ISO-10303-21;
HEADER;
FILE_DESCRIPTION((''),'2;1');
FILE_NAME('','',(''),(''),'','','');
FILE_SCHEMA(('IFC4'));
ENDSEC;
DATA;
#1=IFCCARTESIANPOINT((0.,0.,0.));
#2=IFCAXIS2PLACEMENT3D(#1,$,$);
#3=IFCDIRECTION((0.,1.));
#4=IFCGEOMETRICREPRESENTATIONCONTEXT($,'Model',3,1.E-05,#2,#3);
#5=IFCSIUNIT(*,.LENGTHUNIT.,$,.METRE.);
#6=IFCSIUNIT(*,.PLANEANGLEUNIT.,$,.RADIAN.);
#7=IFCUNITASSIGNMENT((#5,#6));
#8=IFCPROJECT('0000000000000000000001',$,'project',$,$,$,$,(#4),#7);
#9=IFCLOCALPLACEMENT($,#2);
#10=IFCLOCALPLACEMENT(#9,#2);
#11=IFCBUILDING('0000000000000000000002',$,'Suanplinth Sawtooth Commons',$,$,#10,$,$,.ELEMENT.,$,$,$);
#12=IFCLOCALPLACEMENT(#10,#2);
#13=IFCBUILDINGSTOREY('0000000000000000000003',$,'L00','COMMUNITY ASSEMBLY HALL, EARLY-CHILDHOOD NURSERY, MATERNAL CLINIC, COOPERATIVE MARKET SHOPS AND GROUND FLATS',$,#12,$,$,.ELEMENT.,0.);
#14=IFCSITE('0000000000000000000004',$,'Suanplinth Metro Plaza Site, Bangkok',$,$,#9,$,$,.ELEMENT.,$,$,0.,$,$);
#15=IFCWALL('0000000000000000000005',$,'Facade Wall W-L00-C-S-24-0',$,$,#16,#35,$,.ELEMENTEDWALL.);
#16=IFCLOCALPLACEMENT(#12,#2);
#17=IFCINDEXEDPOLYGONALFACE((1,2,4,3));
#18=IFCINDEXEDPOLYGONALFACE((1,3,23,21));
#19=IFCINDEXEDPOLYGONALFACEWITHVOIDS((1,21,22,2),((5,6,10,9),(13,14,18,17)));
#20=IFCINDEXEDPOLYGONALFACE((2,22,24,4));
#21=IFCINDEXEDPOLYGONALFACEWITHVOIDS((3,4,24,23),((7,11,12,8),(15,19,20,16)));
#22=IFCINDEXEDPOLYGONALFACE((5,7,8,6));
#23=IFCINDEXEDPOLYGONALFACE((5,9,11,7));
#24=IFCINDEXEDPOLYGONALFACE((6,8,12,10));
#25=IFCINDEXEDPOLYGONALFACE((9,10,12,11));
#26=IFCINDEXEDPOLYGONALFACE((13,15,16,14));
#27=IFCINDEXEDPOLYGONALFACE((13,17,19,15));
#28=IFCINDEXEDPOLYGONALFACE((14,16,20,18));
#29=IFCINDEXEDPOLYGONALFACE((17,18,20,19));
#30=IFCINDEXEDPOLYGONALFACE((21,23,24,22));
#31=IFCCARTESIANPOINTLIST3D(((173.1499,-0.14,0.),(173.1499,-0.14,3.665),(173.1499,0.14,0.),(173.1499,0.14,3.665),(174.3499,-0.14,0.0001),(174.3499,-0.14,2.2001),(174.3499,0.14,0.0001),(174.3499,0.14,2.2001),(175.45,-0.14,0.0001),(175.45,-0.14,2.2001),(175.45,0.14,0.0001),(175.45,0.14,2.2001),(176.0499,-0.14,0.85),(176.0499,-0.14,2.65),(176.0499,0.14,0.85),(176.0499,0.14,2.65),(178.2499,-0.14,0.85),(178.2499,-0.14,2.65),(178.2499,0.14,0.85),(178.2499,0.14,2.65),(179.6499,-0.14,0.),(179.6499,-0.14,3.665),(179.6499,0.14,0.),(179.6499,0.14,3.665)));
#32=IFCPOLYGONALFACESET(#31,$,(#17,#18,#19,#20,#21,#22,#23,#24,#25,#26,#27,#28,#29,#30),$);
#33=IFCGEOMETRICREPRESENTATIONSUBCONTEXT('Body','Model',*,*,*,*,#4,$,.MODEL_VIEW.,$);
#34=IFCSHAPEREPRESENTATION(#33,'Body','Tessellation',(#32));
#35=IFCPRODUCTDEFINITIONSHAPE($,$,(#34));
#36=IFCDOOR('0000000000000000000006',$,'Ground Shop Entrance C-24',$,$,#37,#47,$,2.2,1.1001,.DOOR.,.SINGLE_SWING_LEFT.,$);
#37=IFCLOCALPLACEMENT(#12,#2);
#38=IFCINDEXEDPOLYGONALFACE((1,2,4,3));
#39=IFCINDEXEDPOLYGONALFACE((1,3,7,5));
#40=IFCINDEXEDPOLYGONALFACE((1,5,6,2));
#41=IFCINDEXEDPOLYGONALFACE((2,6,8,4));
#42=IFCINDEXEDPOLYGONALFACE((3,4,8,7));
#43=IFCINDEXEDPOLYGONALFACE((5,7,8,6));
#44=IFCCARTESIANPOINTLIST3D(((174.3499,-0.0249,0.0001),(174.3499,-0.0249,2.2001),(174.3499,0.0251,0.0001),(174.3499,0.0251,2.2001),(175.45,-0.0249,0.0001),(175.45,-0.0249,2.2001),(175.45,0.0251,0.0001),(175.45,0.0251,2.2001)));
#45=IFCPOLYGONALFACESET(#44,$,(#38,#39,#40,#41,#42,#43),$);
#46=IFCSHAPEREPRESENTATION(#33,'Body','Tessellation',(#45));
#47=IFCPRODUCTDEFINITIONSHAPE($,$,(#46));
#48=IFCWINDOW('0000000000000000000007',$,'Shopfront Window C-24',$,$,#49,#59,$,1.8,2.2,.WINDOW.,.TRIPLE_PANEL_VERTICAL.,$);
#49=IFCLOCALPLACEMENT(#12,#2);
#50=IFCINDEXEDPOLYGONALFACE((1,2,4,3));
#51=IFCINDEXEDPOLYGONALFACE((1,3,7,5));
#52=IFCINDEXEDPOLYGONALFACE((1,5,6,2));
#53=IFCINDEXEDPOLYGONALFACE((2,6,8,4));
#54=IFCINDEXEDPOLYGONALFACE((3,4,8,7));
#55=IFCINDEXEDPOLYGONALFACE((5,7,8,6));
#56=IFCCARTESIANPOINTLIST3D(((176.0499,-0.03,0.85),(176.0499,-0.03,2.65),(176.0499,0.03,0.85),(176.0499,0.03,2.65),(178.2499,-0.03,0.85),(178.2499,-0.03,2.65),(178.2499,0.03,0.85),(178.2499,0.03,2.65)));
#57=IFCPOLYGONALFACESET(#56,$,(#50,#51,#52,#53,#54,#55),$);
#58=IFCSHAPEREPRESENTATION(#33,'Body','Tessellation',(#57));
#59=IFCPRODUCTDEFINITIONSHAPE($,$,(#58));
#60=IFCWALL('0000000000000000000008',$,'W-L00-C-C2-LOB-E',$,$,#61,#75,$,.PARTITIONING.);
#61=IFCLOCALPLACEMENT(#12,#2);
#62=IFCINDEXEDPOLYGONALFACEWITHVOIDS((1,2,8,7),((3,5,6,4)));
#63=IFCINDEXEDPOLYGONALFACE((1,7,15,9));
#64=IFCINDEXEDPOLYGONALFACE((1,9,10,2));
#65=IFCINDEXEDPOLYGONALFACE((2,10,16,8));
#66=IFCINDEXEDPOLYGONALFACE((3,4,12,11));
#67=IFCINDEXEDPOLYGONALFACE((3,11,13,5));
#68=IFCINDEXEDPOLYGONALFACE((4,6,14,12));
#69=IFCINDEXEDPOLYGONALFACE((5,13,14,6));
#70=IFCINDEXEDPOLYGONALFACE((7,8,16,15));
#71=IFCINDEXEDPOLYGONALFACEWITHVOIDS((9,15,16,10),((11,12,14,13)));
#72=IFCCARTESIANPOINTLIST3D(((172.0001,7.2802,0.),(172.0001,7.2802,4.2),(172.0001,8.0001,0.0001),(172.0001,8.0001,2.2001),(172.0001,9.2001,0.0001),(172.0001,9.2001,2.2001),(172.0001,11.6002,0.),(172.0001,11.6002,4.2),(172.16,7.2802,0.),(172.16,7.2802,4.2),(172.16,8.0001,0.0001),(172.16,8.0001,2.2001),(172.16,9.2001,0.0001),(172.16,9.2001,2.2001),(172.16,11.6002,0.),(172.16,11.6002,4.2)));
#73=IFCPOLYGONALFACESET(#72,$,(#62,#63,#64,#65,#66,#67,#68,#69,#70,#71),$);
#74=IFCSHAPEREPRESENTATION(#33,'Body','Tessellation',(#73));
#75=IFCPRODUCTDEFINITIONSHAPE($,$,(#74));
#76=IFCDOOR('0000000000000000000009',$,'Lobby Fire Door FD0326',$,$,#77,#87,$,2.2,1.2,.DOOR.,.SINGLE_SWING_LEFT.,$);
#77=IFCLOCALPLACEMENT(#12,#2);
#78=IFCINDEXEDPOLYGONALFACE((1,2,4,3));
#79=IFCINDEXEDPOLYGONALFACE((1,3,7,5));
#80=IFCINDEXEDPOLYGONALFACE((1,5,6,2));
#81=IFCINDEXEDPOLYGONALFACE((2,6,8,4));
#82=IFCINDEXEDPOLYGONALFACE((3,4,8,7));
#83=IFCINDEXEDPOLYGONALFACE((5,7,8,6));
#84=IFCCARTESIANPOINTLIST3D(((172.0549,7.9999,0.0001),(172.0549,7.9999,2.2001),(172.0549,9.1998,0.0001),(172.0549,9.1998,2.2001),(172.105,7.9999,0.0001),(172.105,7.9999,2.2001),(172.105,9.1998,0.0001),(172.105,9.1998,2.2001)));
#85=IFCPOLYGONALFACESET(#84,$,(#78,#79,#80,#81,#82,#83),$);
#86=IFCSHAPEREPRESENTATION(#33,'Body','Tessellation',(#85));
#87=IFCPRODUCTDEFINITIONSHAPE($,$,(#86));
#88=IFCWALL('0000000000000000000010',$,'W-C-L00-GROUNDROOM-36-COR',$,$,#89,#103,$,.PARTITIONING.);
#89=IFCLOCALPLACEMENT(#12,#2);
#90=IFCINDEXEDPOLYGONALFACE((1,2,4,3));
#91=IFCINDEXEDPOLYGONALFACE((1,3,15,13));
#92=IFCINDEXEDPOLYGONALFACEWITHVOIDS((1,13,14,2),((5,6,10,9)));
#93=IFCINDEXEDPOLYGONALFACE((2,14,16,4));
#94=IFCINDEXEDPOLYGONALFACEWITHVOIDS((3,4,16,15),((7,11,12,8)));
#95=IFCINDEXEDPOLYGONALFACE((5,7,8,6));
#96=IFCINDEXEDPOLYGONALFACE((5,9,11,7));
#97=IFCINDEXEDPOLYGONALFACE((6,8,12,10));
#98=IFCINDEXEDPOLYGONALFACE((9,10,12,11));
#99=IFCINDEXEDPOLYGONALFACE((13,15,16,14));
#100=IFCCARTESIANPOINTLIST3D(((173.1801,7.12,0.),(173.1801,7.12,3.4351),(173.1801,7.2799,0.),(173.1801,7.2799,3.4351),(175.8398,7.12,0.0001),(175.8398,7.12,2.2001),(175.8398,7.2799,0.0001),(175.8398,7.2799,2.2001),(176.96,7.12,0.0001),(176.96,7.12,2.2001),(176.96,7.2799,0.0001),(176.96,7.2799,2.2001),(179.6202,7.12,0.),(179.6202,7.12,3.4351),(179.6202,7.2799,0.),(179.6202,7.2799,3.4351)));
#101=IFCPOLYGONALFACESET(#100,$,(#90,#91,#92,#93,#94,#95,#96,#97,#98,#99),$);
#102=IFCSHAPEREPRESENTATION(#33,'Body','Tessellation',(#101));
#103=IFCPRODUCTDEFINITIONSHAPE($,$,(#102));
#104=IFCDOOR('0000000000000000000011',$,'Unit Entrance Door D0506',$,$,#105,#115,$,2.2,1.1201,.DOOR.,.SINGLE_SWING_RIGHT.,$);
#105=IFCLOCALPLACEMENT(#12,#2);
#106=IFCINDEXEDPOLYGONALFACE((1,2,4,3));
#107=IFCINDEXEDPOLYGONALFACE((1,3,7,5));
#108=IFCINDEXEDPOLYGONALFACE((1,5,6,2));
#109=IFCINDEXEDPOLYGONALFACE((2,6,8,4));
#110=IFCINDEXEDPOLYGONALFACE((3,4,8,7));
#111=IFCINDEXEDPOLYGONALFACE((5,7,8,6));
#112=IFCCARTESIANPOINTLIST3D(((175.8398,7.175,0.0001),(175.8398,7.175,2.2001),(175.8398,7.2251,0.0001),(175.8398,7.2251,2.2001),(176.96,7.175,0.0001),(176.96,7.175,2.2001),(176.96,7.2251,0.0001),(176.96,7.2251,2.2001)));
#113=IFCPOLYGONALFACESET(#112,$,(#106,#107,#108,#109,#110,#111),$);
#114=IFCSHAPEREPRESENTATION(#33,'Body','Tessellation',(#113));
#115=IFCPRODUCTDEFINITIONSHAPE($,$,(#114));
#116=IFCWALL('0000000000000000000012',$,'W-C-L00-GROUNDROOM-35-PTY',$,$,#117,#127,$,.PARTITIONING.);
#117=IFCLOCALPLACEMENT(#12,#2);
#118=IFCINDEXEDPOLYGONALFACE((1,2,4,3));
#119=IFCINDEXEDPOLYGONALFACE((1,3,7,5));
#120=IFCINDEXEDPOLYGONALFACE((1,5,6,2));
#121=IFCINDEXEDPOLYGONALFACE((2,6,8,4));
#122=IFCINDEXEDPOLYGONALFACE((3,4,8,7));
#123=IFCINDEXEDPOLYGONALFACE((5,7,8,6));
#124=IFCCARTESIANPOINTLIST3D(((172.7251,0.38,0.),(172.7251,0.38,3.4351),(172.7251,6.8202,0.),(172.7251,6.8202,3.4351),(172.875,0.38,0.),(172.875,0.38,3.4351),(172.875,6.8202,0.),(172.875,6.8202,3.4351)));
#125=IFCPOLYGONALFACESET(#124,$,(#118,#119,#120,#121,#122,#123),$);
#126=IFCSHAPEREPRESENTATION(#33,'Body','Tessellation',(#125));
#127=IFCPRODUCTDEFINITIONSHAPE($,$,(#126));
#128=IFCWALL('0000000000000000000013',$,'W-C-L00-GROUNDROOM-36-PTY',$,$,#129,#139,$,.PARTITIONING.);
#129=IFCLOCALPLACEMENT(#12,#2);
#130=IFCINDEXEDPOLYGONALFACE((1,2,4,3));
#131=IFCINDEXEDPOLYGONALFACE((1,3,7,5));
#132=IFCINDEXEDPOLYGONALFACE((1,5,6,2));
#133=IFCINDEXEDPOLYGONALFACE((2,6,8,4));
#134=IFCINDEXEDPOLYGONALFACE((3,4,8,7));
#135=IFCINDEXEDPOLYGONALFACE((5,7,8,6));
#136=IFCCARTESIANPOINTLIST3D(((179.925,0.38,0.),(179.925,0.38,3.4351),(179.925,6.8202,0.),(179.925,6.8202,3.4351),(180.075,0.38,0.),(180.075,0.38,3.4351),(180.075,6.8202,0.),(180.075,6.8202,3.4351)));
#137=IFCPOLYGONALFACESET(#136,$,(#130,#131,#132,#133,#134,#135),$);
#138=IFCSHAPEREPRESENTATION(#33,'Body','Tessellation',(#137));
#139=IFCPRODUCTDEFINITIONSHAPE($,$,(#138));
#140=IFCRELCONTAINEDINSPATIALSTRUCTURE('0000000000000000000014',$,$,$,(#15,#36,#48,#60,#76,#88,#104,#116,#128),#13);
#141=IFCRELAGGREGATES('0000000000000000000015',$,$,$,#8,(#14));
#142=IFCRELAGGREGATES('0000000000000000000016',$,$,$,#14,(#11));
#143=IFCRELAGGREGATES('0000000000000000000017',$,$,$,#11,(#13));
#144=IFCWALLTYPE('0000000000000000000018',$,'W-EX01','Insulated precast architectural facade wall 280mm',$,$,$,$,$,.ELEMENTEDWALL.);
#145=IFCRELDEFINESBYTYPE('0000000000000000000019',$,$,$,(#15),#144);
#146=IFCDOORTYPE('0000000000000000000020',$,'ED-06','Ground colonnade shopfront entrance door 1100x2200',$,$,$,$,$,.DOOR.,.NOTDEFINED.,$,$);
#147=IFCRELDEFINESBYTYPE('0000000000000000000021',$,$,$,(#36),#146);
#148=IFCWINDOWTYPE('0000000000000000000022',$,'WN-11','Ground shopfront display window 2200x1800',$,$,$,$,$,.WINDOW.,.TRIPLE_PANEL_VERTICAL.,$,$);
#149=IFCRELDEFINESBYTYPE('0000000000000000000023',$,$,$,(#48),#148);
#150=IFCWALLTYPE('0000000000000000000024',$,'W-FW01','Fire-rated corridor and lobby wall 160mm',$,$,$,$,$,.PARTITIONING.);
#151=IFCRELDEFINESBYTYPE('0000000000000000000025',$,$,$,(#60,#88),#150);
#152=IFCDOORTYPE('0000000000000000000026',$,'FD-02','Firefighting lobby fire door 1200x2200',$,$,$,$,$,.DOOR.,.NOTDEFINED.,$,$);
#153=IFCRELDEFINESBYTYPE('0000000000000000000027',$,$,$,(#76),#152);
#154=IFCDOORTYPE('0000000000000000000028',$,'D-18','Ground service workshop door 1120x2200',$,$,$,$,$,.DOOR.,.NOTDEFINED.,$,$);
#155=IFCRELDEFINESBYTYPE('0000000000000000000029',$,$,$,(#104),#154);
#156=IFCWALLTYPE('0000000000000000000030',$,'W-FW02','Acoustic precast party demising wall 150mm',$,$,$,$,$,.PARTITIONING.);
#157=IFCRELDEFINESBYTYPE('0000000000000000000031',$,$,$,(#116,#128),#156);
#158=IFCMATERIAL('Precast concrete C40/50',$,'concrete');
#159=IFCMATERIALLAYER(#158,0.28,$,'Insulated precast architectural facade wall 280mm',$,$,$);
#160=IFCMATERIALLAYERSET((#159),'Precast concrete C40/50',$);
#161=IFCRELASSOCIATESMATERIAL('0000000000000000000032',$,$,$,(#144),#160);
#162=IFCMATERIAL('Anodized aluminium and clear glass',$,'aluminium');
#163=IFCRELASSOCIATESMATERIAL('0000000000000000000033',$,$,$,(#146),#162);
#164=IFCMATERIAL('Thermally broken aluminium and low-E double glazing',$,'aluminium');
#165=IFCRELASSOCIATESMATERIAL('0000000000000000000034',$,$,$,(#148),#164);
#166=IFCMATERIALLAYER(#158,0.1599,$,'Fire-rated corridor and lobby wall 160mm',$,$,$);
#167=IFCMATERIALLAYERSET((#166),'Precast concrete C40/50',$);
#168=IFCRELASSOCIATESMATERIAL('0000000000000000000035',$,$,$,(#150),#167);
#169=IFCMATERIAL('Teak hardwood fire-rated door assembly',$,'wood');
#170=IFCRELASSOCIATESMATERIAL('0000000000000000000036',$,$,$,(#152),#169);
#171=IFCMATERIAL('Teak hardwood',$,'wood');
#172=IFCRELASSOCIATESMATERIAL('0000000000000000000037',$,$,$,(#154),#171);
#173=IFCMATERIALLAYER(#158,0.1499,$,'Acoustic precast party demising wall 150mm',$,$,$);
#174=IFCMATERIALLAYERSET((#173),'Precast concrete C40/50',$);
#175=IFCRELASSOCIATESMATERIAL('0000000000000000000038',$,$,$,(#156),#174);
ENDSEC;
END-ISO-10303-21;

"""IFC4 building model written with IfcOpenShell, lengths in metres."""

from ifc_helpers import new_model, si_unit, direction, frame, frame_2d, origin, place, context, subcontext, project, spatial, rectangle, extrude, material, layer, layer_set, type_object, element, fill, save


model = new_model("IFC4")

# Units and contexts
model_context = context("Model", 3, precision=1e-05, world=origin(), true_north=direction((0.0, 1.0)))
body_context = subcontext(model_context, "Body", "Model", "MODEL_VIEW")
ifc_project = project(units=[si_unit("LENGTHUNIT", "METRE"), si_unit("PLANEANGLEUNIT", "RADIAN")], contexts=[model_context])

# Site, building, storey
site_placement = place(None, origin())
site = spatial("IfcSite", under=ifc_project, at=site_placement, Name="Suanplinth Metro Plaza Site, Bangkok", CompositionType="ELEMENT", RefElevation=0.0)
building_placement = place(site_placement, origin())
building = spatial("IfcBuilding", under=site, at=building_placement, Name="Suanplinth Sawtooth Commons", CompositionType="ELEMENT")
storey_placement = place(building_placement, origin())
storey = spatial("IfcBuildingStorey", under=building, at=storey_placement, Name="L00", Description="COMMUNITY ASSEMBLY HALL, EARLY-CHILDHOOD NURSERY, MATERNAL CLINIC, COOPERATIVE MARKET SHOPS AND GROUND FLATS", CompositionType="ELEMENT", Elevation=0.0)

# Shared definitions
ifc_material_1 = material(Name="Precast concrete C40/50", Category="concrete")

# Wall, openings, door, window
ifc_layer_1 = layer(ifc_material_1, 0.28, Name="Insulated precast architectural facade wall 280mm")
ifc_layer_set_1 = layer_set([ifc_layer_1], Name="Precast concrete C40/50")
wall_type_1 = type_object("IfcWallType", Name="W-EX01", Description="Insulated precast architectural facade wall 280mm", PredefinedType="ELEMENTEDWALL", material=ifc_layer_set_1)
wall_1_placement = place(storey_placement, frame((173.1499, 0.0, 0.0), z_axis=(0.0, 0.0, 1.0), x_axis=(1.0, 0.0, 0.0)))
wall_1 = element("IfcWall", 1, at=wall_1_placement, inside=storey, type_object=wall_type_1, Name="Facade Wall W-L00-C-S-24-0", PredefinedType="ELEMENTEDWALL", context=body_context, shape_type="SweptSolid", body=[
    extrude(rectangle(XDim=6.5, YDim=0.28, at=frame_2d((3.25, 0.0))), origin(), (0.0, 0.0, 1.0), 3.665),
])
opening_1_placement = place(wall_1_placement, frame((1.2, 0.0, 0.0)))
opening_1 = element("IfcOpeningElement", 2, at=opening_1_placement, cuts=wall_1, PredefinedType="OPENING", context=body_context, shape_type="SweptSolid", body=[
    extrude(rectangle(XDim=1.1001, YDim=2.2, at=frame_2d((0.55, 1.1001))), frame((0.0, 0.1548, 0.0), z_axis=(0.0, -1.0, 0.0), x_axis=(1.0, 0.0, 0.0)), (0.0, 0.0, 1.0), 0.3098),
])
opening_2_placement = place(wall_1_placement, frame((2.8999, 0.0, 0.8501)))
opening_2 = element("IfcOpeningElement", 3, at=opening_2_placement, cuts=wall_1, PredefinedType="OPENING", context=body_context, shape_type="SweptSolid", body=[
    extrude(rectangle(XDim=2.2, YDim=1.8, at=frame_2d((1.1001, 0.8999))), frame((0.0, 0.1548, 0.0), z_axis=(0.0, -1.0, 0.0), x_axis=(1.0, 0.0, 0.0)), (0.0, 0.0, 1.0), 0.3098),
])
ifc_material_2 = material(Name="Anodized aluminium and clear glass", Category="aluminium")
door_type_1 = type_object("IfcDoorType", Name="ED-06", Description="Ground colonnade shopfront entrance door 1100x2200", OperationType="NOTDEFINED", PredefinedType="DOOR", material=ifc_material_2)
door_1_placement = place(opening_1_placement, frame((1.1001, 0.0, 0.0), z_axis=(0.0, 0.0, 1.0), x_axis=(-1.0, 0.0, 0.0)))
door_1 = element("IfcDoor", 4, at=door_1_placement, inside=storey, type_object=door_type_1, Name="Ground Shop Entrance C-24", OperationType="SINGLE_SWING_LEFT", OverallHeight=2.2, OverallWidth=1.1001, PredefinedType="DOOR", context=body_context, shape_type="SweptSolid", body=[
    extrude(rectangle(XDim=1.1001, YDim=2.2, at=frame_2d((0.55, 1.1001))), frame((0.0, 0.0249, 0.0), z_axis=(0.0, -1.0, 0.0), x_axis=(1.0, 0.0, 0.0)), (0.0, 0.0, 1.0), 0.05),
])
fill(opening_1, door_1)
ifc_material_3 = material(Name="Thermally broken aluminium and low-E double glazing", Category="aluminium")
window_type = type_object("IfcWindowType", Name="WN-11", Description="Ground shopfront display window 2200x1800", PartitioningType="TRIPLE_PANEL_VERTICAL", PredefinedType="WINDOW", material=ifc_material_3)
window_placement = place(opening_2_placement, origin())
window = element("IfcWindow", 5, at=window_placement, inside=storey, type_object=window_type, Name="Shopfront Window C-24", OverallHeight=1.8, OverallWidth=2.2, PartitioningType="TRIPLE_PANEL_VERTICAL", PredefinedType="WINDOW", context=body_context, shape_type="SweptSolid", body=[
    extrude(rectangle(XDim=2.2, YDim=1.8, at=frame_2d((1.1001, 0.8999))), frame((0.0, 0.03, 0.0), z_axis=(0.0, -1.0, 0.0), x_axis=(1.0, 0.0, 0.0)), (0.0, 0.0, 1.0), 0.0601),
])
fill(opening_2, window)

# Walls, openings, doors
ifc_layer_2 = layer(ifc_material_1, 0.1599, Name="Fire-rated corridor and lobby wall 160mm")
ifc_layer_set_2 = layer_set([ifc_layer_2], Name="Precast concrete C40/50")
wall_type_2 = type_object("IfcWallType", Name="W-FW01", Description="Fire-rated corridor and lobby wall 160mm", PredefinedType="PARTITIONING", material=ifc_layer_set_2)
wall_2_placement = place(storey_placement, frame((172.0801, 7.28, 0.0), z_axis=(0.0, 0.0, 1.0), x_axis=(0.0, 1.0, 0.0)))
wall_2 = element("IfcWall", 6, at=wall_2_placement, inside=storey, type_object=wall_type_2, Name="W-L00-C-C2-LOB-E", PredefinedType="PARTITIONING", context=body_context, shape_type="SweptSolid", body=[
    extrude(rectangle(XDim=4.3201, YDim=0.1599, at=frame_2d((2.1602, 0.0))), origin(), (0.0, 0.0, 1.0), 4.2),
])
opening_3_placement = place(wall_2_placement, frame((0.72, 0.0, 0.0)))
opening_3 = element("IfcOpeningElement", 7, at=opening_3_placement, cuts=wall_2, PredefinedType="OPENING", context=body_context, shape_type="SweptSolid", body=[
    extrude(rectangle(XDim=1.2, YDim=2.2, at=frame_2d((0.6001, 1.1001))), frame((0.0, 0.0947, 0.0), z_axis=(0.0, -1.0, 0.0), x_axis=(1.0, 0.0, 0.0)), (0.0, 0.0, 1.0), 0.1897),
])
ifc_material_4 = material(Name="Teak hardwood fire-rated door assembly", Category="wood")
door_type_2 = type_object("IfcDoorType", Name="FD-02", Description="Firefighting lobby fire door 1200x2200", OperationType="NOTDEFINED", PredefinedType="DOOR", material=ifc_material_4)
door_2_placement = place(opening_3_placement, frame((1.2, 0.0, 0.0), z_axis=(0.0, 0.0, 1.0), x_axis=(-1.0, 0.0, 0.0)))
door_2 = element("IfcDoor", 8, at=door_2_placement, inside=storey, type_object=door_type_2, Name="Lobby Fire Door FD0326", OperationType="SINGLE_SWING_LEFT", OverallHeight=2.2, OverallWidth=1.2, PredefinedType="DOOR", context=body_context, shape_type="SweptSolid", body=[
    extrude(rectangle(XDim=1.2, YDim=2.2, at=frame_2d((0.6001, 1.1001))), frame((0.0, 0.0249, 0.0), z_axis=(0.0, -1.0, 0.0), x_axis=(1.0, 0.0, 0.0)), (0.0, 0.0, 1.0), 0.05),
])
fill(opening_3, door_2)
wall_3_placement = place(storey_placement, frame((173.1799, 7.2, 0.0), z_axis=(0.0, 0.0, 1.0), x_axis=(1.0, 0.0, 0.0)))
wall_3 = element("IfcWall", 9, at=wall_3_placement, inside=storey, type_object=wall_type_2, Name="W-C-L00-GROUNDROOM-36-COR", PredefinedType="PARTITIONING", context=body_context, shape_type="SweptSolid", body=[
    extrude(rectangle(XDim=6.4402, YDim=0.1599, at=frame_2d((3.2202, 0.0))), origin(), (0.0, 0.0, 1.0), 3.4351),
])
opening_4_placement = place(wall_3_placement, frame((2.6599, 0.0, 0.0)))
opening_4 = element("IfcOpeningElement", 10, at=opening_4_placement, cuts=wall_3, PredefinedType="OPENING", context=body_context, shape_type="SweptSolid", body=[
    extrude(rectangle(XDim=1.1201, YDim=2.2, at=frame_2d((0.5601, 1.1001))), frame((0.0, 0.0947, 0.0), z_axis=(0.0, -1.0, 0.0), x_axis=(1.0, 0.0, 0.0)), (0.0, 0.0, 1.0), 0.1897),
])
ifc_material_5 = material(Name="Teak hardwood", Category="wood")
door_type_3 = type_object("IfcDoorType", Name="D-18", Description="Ground service workshop door 1120x2200", OperationType="NOTDEFINED", PredefinedType="DOOR", material=ifc_material_5)
door_3_placement = place(opening_4_placement, frame((1.1201, 0.0, 0.0), z_axis=(0.0, 0.0, 1.0), x_axis=(-1.0, 0.0, 0.0)))
door_3 = element("IfcDoor", 11, at=door_3_placement, inside=storey, type_object=door_type_3, Name="Unit Entrance Door D0506", OperationType="SINGLE_SWING_RIGHT", OverallHeight=2.2, OverallWidth=1.1201, PredefinedType="DOOR", context=body_context, shape_type="SweptSolid", body=[
    extrude(rectangle(XDim=1.1201, YDim=2.2, at=frame_2d((0.5601, 1.1001))), frame((0.0, 0.0249, 0.0), z_axis=(0.0, -1.0, 0.0), x_axis=(1.0, 0.0, 0.0)), (0.0, 0.0, 1.0), 0.05),
])
fill(opening_4, door_3)

# Walls
ifc_layer_3 = layer(ifc_material_1, 0.1499, Name="Acoustic precast party demising wall 150mm")
ifc_layer_set_3 = layer_set([ifc_layer_3], Name="Precast concrete C40/50")
wall_type_3 = type_object("IfcWallType", Name="W-FW02", Description="Acoustic precast party demising wall 150mm", PredefinedType="PARTITIONING", material=ifc_layer_set_3)
for number, where, z_axis, x_axis, name in (
    (12, (172.8, 0.3799, 0.0), (0.0, 0.0, 1.0), (0.0, 1.0, 0.0), "W-C-L00-GROUNDROOM-35-PTY"),
    (13, (180.0, 0.3799, 0.0), (0.0, 0.0, 1.0), (0.0, 1.0, 0.0), "W-C-L00-GROUNDROOM-36-PTY"),
):
    element("IfcWall", number, at=place(storey_placement, frame(where, z_axis=z_axis, x_axis=x_axis)), inside=storey, type_object=wall_type_3, Name=name, PredefinedType="PARTITIONING", context=body_context, shape_type="SweptSolid", body=[
        extrude(rectangle(XDim=6.4402, YDim=0.1499, at=frame_2d((3.2202, 0.0))), origin(), (0.0, 0.0, 1.0), 3.4351),
    ])

save(model, "model.ifc")
